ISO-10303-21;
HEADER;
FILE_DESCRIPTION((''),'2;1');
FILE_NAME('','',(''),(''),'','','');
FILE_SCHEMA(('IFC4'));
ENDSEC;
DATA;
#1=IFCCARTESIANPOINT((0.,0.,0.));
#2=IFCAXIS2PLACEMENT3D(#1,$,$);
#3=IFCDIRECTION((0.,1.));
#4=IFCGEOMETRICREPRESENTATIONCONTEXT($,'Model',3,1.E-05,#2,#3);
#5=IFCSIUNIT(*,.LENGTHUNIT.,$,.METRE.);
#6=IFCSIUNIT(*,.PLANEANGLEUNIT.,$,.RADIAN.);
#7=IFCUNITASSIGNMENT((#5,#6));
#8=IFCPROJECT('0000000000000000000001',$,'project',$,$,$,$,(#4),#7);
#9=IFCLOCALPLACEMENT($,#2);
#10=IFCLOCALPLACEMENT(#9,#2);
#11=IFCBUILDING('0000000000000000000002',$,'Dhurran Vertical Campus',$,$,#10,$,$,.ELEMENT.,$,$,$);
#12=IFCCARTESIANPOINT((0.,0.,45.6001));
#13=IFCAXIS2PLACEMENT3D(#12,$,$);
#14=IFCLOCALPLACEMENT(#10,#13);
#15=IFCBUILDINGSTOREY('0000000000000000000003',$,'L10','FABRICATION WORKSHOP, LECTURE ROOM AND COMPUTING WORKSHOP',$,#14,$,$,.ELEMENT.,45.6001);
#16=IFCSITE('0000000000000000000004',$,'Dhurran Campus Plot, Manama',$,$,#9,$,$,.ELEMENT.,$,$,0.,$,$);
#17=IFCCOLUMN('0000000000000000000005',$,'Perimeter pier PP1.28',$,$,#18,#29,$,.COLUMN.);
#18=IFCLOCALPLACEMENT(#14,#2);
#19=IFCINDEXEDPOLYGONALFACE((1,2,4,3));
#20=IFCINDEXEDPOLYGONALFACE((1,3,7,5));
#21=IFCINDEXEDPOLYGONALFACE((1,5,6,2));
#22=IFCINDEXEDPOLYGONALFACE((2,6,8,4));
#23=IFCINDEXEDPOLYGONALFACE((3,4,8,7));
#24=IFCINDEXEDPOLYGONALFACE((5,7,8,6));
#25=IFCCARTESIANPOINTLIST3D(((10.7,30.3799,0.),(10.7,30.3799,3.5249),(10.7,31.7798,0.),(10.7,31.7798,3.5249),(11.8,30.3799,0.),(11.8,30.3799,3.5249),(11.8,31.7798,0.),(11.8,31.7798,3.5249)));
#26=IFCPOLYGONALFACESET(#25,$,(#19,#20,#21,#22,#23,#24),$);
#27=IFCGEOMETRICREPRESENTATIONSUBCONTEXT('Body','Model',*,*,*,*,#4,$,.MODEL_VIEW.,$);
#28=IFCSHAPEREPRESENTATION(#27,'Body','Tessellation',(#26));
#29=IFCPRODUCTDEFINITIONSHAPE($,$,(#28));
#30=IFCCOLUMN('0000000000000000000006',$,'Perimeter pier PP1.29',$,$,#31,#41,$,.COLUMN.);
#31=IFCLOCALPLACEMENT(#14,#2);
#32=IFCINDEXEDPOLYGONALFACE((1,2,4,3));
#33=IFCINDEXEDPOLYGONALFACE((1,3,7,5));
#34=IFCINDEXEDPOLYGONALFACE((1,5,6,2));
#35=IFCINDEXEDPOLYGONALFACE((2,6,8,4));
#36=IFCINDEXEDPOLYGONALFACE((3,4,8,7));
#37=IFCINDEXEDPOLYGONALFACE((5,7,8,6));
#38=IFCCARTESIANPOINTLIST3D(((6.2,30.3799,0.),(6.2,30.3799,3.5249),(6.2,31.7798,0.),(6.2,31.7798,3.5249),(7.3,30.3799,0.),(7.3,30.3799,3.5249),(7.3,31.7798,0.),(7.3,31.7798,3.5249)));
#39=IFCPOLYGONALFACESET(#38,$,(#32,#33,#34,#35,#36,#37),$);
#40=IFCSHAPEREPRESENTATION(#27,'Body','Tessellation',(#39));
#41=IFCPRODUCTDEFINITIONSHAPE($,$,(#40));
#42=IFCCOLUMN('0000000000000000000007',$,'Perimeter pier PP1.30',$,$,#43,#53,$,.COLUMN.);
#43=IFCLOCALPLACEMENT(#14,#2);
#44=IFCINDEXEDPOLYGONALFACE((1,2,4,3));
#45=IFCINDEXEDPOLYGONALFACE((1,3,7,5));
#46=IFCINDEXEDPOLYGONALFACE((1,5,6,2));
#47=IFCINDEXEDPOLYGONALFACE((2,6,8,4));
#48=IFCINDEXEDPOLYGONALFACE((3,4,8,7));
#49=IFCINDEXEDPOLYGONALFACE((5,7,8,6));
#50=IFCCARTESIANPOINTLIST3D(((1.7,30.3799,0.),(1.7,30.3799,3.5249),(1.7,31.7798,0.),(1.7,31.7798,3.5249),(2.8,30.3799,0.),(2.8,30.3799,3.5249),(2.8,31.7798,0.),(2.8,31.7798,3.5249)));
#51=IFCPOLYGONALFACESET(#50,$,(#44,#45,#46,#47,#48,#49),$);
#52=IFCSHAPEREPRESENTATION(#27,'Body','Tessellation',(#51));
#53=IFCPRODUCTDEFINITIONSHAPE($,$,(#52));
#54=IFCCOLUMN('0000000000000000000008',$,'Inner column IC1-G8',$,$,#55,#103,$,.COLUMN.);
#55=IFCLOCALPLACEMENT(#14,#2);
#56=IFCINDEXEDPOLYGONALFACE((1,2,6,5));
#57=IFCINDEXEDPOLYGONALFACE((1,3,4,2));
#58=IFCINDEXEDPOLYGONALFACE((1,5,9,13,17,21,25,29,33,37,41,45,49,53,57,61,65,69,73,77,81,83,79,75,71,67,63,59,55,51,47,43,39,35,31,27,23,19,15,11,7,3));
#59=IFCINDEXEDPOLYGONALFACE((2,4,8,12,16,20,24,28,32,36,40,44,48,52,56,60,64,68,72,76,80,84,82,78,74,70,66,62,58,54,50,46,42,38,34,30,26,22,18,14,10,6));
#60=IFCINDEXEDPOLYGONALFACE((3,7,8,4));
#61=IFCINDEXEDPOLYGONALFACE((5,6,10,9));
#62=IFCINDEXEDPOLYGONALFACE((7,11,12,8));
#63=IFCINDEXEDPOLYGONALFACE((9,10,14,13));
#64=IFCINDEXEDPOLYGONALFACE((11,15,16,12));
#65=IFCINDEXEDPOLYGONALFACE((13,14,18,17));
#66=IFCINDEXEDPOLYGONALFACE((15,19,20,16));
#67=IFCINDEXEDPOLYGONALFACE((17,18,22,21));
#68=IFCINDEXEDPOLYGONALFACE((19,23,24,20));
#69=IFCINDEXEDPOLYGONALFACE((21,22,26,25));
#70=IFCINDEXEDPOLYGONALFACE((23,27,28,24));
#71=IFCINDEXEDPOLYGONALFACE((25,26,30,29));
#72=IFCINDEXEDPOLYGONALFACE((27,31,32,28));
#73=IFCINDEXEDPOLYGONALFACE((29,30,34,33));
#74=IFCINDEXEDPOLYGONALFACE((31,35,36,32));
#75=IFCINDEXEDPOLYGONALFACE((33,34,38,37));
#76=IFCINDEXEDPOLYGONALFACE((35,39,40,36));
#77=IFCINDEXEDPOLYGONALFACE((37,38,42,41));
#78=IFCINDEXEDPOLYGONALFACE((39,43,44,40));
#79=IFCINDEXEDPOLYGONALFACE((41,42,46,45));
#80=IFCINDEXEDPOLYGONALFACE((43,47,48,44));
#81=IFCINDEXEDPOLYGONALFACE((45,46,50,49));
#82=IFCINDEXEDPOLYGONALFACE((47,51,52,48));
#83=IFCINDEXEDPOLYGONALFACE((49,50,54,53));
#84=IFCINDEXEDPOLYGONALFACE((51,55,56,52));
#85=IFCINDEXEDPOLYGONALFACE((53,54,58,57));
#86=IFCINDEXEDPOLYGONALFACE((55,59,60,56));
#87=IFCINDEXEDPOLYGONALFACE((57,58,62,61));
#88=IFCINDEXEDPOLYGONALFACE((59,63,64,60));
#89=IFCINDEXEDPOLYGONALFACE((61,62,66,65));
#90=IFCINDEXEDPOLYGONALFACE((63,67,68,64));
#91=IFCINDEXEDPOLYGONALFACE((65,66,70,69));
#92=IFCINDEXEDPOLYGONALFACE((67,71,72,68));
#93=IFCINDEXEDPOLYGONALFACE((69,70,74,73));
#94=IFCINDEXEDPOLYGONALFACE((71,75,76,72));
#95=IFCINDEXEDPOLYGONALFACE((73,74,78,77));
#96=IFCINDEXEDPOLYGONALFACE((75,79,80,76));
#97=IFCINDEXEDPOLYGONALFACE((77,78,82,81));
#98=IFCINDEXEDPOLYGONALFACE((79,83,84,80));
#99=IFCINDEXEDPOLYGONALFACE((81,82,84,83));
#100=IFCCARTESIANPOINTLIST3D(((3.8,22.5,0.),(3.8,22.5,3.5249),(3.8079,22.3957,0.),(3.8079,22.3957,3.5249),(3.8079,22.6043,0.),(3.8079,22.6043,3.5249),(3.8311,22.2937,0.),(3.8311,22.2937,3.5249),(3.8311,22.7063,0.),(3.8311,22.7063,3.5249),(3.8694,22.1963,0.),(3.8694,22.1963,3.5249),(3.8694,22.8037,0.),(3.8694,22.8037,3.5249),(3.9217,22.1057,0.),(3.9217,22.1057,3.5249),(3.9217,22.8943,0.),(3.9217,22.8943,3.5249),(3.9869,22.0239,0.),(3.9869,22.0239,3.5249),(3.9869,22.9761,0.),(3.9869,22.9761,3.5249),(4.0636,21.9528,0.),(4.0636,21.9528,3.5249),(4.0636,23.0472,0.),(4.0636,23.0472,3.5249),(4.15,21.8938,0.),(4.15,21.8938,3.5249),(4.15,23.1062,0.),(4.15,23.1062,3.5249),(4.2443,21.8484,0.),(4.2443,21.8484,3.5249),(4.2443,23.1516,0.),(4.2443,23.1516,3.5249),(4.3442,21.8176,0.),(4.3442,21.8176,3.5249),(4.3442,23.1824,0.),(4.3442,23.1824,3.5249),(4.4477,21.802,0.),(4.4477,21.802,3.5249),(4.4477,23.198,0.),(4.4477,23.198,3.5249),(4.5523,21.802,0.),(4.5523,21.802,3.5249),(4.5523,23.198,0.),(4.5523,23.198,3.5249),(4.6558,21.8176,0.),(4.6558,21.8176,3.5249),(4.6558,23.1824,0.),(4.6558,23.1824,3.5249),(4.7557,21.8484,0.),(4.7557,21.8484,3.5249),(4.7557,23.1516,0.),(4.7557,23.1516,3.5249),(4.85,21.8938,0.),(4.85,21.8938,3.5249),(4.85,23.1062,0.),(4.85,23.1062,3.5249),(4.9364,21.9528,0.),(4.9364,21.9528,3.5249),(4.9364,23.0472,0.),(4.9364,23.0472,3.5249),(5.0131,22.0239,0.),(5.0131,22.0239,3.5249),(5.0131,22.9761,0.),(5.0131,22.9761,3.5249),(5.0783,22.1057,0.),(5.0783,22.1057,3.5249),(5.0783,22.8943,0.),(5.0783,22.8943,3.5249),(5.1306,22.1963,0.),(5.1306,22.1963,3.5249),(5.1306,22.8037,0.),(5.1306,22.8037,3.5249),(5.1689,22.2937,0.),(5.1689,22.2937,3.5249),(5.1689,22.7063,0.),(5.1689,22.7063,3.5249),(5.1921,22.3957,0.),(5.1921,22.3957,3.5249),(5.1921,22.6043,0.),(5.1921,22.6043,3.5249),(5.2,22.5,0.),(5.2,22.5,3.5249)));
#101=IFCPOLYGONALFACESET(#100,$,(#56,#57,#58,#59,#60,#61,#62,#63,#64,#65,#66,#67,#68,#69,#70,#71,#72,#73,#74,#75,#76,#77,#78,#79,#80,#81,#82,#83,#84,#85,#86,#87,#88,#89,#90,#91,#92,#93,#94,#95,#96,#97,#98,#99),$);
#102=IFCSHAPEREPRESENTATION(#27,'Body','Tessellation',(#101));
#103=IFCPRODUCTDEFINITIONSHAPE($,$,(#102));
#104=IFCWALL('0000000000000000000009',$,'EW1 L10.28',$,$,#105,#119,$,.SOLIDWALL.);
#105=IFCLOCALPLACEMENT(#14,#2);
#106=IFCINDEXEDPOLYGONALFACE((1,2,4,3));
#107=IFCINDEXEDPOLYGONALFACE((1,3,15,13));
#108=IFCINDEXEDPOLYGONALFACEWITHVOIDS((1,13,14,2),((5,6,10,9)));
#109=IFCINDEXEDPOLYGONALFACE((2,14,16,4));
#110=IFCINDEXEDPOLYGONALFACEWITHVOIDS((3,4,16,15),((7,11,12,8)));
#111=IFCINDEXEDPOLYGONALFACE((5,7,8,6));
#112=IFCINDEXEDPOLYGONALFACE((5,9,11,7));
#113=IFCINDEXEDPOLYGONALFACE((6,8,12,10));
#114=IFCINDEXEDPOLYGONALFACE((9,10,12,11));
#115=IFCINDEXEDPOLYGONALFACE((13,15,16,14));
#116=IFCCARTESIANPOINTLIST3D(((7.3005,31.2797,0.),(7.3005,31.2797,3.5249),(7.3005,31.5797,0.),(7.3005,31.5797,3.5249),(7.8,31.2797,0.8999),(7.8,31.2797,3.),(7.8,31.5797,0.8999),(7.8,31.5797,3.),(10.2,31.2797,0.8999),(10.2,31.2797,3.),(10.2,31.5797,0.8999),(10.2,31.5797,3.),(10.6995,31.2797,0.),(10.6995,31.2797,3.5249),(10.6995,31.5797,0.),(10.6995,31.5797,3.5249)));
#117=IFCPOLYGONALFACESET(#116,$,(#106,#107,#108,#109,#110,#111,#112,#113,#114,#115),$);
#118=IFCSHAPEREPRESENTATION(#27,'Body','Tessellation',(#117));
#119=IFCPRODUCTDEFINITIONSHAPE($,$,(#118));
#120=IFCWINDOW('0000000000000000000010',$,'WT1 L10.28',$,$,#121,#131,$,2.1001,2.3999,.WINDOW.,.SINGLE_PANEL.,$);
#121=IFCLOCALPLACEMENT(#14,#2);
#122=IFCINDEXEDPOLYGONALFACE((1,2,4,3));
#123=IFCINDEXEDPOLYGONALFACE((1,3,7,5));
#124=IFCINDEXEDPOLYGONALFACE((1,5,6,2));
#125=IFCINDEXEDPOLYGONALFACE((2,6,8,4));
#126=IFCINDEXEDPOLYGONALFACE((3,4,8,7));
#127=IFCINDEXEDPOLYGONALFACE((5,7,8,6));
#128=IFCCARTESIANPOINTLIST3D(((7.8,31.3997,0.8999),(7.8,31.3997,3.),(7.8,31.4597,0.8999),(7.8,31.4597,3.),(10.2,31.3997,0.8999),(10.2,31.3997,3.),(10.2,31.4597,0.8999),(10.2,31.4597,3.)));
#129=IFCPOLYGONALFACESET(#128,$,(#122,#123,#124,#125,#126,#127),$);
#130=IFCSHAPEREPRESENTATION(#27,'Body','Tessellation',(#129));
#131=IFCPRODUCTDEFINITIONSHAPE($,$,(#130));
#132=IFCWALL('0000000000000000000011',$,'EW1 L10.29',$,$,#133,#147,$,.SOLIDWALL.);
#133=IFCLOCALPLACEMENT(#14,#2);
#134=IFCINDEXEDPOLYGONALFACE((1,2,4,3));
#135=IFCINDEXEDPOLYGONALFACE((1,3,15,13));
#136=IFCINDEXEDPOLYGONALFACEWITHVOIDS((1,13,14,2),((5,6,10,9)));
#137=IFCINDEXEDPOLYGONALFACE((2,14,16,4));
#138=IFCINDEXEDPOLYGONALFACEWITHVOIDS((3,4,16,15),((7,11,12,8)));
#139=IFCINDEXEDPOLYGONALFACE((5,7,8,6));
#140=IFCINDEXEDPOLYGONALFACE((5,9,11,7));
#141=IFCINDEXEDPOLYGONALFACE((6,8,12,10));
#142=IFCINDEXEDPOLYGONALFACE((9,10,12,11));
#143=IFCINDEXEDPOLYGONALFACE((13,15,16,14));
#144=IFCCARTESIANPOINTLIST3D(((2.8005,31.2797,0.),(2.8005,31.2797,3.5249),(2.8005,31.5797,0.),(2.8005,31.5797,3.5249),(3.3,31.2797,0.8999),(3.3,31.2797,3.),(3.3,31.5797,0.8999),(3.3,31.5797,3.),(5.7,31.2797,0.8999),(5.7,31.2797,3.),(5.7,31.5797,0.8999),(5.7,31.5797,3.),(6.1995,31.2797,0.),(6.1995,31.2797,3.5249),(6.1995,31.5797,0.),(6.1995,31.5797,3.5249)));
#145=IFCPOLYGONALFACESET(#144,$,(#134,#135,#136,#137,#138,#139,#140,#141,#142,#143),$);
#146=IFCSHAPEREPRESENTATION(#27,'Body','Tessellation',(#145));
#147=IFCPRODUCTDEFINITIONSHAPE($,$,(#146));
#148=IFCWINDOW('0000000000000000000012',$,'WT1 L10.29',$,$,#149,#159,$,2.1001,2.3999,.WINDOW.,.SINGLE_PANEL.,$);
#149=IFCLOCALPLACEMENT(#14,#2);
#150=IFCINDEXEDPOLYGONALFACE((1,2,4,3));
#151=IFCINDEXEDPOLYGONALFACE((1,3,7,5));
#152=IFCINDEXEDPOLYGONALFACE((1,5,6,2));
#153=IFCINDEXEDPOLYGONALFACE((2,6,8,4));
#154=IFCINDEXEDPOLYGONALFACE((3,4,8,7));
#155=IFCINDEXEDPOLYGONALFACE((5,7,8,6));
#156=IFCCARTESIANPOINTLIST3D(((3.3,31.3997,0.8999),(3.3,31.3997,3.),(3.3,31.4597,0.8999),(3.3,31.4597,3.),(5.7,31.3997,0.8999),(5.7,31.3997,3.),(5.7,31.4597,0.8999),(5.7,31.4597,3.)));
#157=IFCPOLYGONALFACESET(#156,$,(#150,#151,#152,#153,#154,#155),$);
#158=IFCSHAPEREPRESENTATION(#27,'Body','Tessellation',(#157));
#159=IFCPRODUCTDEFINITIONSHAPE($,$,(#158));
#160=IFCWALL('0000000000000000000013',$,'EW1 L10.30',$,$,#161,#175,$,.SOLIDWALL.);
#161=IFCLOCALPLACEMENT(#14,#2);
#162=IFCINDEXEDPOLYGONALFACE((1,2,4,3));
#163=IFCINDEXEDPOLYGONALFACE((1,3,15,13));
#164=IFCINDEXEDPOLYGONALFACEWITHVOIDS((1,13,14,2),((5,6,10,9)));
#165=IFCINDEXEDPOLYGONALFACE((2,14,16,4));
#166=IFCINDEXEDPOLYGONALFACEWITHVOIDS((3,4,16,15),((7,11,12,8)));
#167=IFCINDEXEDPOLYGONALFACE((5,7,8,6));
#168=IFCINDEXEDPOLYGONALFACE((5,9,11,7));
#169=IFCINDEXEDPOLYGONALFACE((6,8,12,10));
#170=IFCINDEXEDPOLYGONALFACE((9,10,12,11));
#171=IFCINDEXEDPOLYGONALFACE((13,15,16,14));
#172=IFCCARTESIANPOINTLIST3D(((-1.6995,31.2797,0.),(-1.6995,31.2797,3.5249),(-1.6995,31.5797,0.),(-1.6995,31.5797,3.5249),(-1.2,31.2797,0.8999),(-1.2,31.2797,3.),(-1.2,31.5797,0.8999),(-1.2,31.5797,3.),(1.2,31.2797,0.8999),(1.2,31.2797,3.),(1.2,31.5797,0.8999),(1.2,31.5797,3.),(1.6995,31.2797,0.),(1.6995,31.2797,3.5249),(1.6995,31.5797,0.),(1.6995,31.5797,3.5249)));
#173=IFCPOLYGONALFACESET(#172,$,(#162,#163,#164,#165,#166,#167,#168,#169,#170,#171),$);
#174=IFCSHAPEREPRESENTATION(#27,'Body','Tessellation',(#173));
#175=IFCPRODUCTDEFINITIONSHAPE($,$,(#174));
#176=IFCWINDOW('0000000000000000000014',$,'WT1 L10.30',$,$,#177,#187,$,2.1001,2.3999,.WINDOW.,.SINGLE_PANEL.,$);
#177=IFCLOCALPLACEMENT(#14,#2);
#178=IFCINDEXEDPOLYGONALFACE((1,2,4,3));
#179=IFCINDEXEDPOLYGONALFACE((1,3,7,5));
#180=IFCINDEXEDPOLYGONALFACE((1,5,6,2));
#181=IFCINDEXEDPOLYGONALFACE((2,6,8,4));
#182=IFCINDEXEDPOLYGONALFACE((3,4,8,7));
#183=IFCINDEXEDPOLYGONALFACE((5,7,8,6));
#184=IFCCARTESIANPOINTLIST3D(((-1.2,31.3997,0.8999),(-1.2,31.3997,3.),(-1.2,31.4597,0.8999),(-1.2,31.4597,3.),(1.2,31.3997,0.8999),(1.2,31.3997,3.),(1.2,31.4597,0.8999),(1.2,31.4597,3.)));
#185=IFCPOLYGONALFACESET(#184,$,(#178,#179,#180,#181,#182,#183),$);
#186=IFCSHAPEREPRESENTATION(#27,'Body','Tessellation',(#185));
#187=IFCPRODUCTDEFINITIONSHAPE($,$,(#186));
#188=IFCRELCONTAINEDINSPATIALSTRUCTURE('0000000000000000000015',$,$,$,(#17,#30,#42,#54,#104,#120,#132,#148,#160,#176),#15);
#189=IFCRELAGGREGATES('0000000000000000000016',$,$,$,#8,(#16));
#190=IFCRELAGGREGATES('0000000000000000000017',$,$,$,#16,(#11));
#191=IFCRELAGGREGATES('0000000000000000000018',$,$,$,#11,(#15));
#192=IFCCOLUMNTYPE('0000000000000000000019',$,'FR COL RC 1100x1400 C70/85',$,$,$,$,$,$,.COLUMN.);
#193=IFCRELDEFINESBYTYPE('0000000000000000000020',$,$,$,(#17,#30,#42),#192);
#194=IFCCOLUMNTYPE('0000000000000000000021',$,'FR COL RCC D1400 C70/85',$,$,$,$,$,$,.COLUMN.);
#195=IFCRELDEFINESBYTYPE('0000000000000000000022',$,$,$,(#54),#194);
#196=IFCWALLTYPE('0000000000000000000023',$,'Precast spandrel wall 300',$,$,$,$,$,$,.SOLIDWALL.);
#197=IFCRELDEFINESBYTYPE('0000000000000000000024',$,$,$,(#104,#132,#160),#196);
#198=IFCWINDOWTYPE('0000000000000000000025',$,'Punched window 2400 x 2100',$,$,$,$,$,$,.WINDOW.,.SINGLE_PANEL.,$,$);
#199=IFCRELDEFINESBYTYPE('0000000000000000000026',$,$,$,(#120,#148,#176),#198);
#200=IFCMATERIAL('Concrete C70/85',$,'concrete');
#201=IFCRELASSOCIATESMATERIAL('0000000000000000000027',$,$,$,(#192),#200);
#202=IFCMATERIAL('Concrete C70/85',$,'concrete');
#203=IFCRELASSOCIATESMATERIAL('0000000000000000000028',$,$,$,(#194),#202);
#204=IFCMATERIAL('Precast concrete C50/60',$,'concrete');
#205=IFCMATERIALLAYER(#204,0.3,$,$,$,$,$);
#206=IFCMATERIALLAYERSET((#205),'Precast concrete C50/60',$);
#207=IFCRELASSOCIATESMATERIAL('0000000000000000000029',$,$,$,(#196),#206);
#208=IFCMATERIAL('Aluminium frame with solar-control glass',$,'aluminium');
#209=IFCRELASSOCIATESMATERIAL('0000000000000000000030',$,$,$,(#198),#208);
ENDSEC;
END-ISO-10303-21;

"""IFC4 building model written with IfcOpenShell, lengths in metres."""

from ifc_helpers import new_model, si_unit, direction, frame, frame_2d, origin, origin_2d, place, context, subcontext, project, spatial, rectangle, circle, extrude, material, layer, layer_set, material_profile, profile_set, type_object, element, fill, save


model = new_model("IFC4")

# Units and contexts
model_context = context("Model", 3, precision=1e-05, world=origin(), true_north=direction((0.0, 1.0)))
body_context = subcontext(model_context, "Body", "Model", "MODEL_VIEW")
ifc_project = project(units=[si_unit("LENGTHUNIT", "METRE"), si_unit("PLANEANGLEUNIT", "RADIAN")], contexts=[model_context])

# Site, building, storey
site_placement = place(None, origin())
site = spatial("IfcSite", under=ifc_project, at=site_placement, Name="Dhurran Campus Plot, Manama", CompositionType="ELEMENT", RefElevation=0.0)
building_placement = place(site_placement, origin())
building = spatial("IfcBuilding", under=site, at=building_placement, Name="Dhurran Vertical Campus", CompositionType="ELEMENT")
storey_placement = place(building_placement, frame((0.0, 0.0, 45.6001)))
storey = spatial("IfcBuildingStorey", under=building, at=storey_placement, Name="L10", Description="FABRICATION WORKSHOP, LECTURE ROOM AND COMPUTING WORKSHOP", CompositionType="ELEMENT", Elevation=45.6001)

# Columns
ifc_material_1 = material(Name="Concrete C70/85", Category="concrete")
ifc_material_profile_1 = material_profile(ifc_material_1, rectangle(XDim=1.1001, YDim=1.3999, at=origin_2d()), Name="RC 1100x1400")
ifc_profile_set_1 = profile_set([ifc_material_profile_1], Name="Concrete C70/85")
column_type_1 = type_object("IfcColumnType", Name="FR COL RC 1100x1400 C70/85", PredefinedType="COLUMN", material=ifc_profile_set_1)
for number, where, z_axis, x_axis, name in (
    (1, (11.25, 31.0798, 0.0), (0.0, 0.0, 1.0), (-1.0, 0.0, 0.0), "Perimeter pier PP1.28"),
    (2, (6.75, 31.0798, 0.0), (0.0, 0.0, 1.0), (-1.0, 0.0, 0.0), "Perimeter pier PP1.29"),
    (3, (2.25, 31.0798, 0.0), (0.0, 0.0, 1.0), (-1.0, 0.0, 0.0), "Perimeter pier PP1.30"),
):
    element("IfcColumn", number, at=place(storey_placement, frame(where, z_axis=z_axis, x_axis=x_axis)), inside=storey, type_object=column_type_1, Name=name, PredefinedType="COLUMN", context=body_context, shape_type="SweptSolid", body=[
        extrude(rectangle(XDim=1.1001, YDim=1.3999, at=origin_2d()), origin(), (0.0, 0.0, 1.0), 3.5249),
    ])
ifc_material_2 = material(Name="Concrete C70/85", Category="concrete")
ifc_material_profile_2 = material_profile(ifc_material_2, circle(Radius=0.7, at=origin_2d()), Name="RCC D1400")
ifc_profile_set_2 = profile_set([ifc_material_profile_2], Name="Concrete C70/85")
column_type_2 = type_object("IfcColumnType", Name="FR COL RCC D1400 C70/85", PredefinedType="COLUMN", material=ifc_profile_set_2)
column_placement = place(storey_placement, frame((4.5, 22.5, 0.0), z_axis=(0.0, 0.0, 1.0), x_axis=(1.0, 0.0, 0.0)))
element("IfcColumn", 4, at=column_placement, inside=storey, type_object=column_type_2, Name="Inner column IC1-G8", PredefinedType="COLUMN", context=body_context, shape_type="SweptSolid", body=[
    extrude(circle(Radius=0.7, at=origin_2d()), origin(), (0.0, 0.0, 1.0), 3.5249),
])

# Walls, openings, windows
ifc_material_3 = material(Name="Precast concrete C50/60", Category="concrete")
ifc_layer_1 = layer(ifc_material_3, 0.3)
ifc_layer_set_1 = layer_set([ifc_layer_1], Name="Precast concrete C50/60")
wall_type_1 = type_object("IfcWallType", Name="Precast spandrel wall 300", PredefinedType="SOLIDWALL", material=ifc_layer_set_1)
wall_1_placement = place(storey_placement, frame((10.6995, 31.4297, 0.0), z_axis=(0.0, 0.0, 1.0), x_axis=(-1.0, 0.0, 0.0)))
wall_1 = element("IfcWall", 5, at=wall_1_placement, inside=storey, type_object=wall_type_1, Name="EW1 L10.28", PredefinedType="SOLIDWALL", context=body_context, shape_type="SweptSolid", body=[
    extrude(rectangle(XDim=3.3989, YDim=0.3, at=frame_2d((1.6995, 0.0))), origin(), (0.0, 0.0, 1.0), 3.5249),
])
opening_1_placement = place(wall_1_placement, frame((0.4995, 0.0, 0.8999)))
opening_1 = element("IfcOpeningElement", 6, at=opening_1_placement, cuts=wall_1, PredefinedType="OPENING", context=body_context, shape_type="SweptSolid", body=[
    extrude(rectangle(XDim=2.3999, YDim=2.1001, at=frame_2d((1.2, 1.05))), frame((0.0, 0.1599, 0.0), z_axis=(0.0, -1.0, 0.0), x_axis=(1.0, 0.0, 0.0)), (0.0, 0.0, 1.0), 0.3201),
])
ifc_material_4 = material(Name="Aluminium frame with solar-control glass", Category="aluminium")
window_type = type_object("IfcWindowType", Name="Punched window 2400 x 2100", PartitioningType="SINGLE_PANEL", PredefinedType="WINDOW", material=ifc_material_4)
window_1_placement = place(opening_1_placement, origin())
window_1 = element("IfcWindow", 7, at=window_1_placement, inside=storey, type_object=window_type, Name="WT1 L10.28", OverallHeight=2.1001, OverallWidth=2.3999, PartitioningType="SINGLE_PANEL", PredefinedType="WINDOW", context=body_context, shape_type="SweptSolid", body=[
    extrude(rectangle(XDim=2.3999, YDim=2.1001, at=frame_2d((1.2, 1.05))), frame((0.0, 0.03, 0.0), z_axis=(0.0, -1.0, 0.0), x_axis=(1.0, 0.0, 0.0)), (0.0, 0.0, 1.0), 0.0601),
])
fill(opening_1, window_1)
wall_2_placement = place(storey_placement, frame((6.1995, 31.4297, 0.0), z_axis=(0.0, 0.0, 1.0), x_axis=(-1.0, 0.0, 0.0)))
wall_2 = element("IfcWall", 8, at=wall_2_placement, inside=storey, type_object=wall_type_1, Name="EW1 L10.29", PredefinedType="SOLIDWALL", context=body_context, shape_type="SweptSolid", body=[
    extrude(rectangle(XDim=3.3989, YDim=0.3, at=frame_2d((1.6995, 0.0))), origin(), (0.0, 0.0, 1.0), 3.5249),
])
opening_2_placement = place(wall_2_placement, frame((0.4995, 0.0, 0.8999)))
opening_2 = element("IfcOpeningElement", 9, at=opening_2_placement, cuts=wall_2, PredefinedType="OPENING", context=body_context, shape_type="SweptSolid", body=[
    extrude(rectangle(XDim=2.3999, YDim=2.1001, at=frame_2d((1.2, 1.05))), frame((0.0, 0.1599, 0.0), z_axis=(0.0, -1.0, 0.0), x_axis=(1.0, 0.0, 0.0)), (0.0, 0.0, 1.0), 0.3201),
])
window_2_placement = place(opening_2_placement, origin())
window_2 = element("IfcWindow", 10, at=window_2_placement, inside=storey, type_object=window_type, Name="WT1 L10.29", OverallHeight=2.1001, OverallWidth=2.3999, PartitioningType="SINGLE_PANEL", PredefinedType="WINDOW", context=body_context, shape_type="SweptSolid", body=[
    extrude(rectangle(XDim=2.3999, YDim=2.1001, at=frame_2d((1.2, 1.05))), frame((0.0, 0.03, 0.0), z_axis=(0.0, -1.0, 0.0), x_axis=(1.0, 0.0, 0.0)), (0.0, 0.0, 1.0), 0.0601),
])
fill(opening_2, window_2)
wall_3_placement = place(storey_placement, frame((1.6995, 31.4297, 0.0), z_axis=(0.0, 0.0, 1.0), x_axis=(-1.0, 0.0, 0.0)))
wall_3 = element("IfcWall", 11, at=wall_3_placement, inside=storey, type_object=wall_type_1, Name="EW1 L10.30", PredefinedType="SOLIDWALL", context=body_context, shape_type="SweptSolid", body=[
    extrude(rectangle(XDim=3.3989, YDim=0.3, at=frame_2d((1.6995, 0.0))), origin(), (0.0, 0.0, 1.0), 3.5249),
])
opening_3_placement = place(wall_3_placement, frame((0.4995, 0.0, 0.8999)))
opening_3 = element("IfcOpeningElement", 12, at=opening_3_placement, cuts=wall_3, PredefinedType="OPENING", context=body_context, shape_type="SweptSolid", body=[
    extrude(rectangle(XDim=2.3999, YDim=2.1001, at=frame_2d((1.2, 1.05))), frame((0.0, 0.1599, 0.0), z_axis=(0.0, -1.0, 0.0), x_axis=(1.0, 0.0, 0.0)), (0.0, 0.0, 1.0), 0.3201),
])
window_3_placement = place(opening_3_placement, origin())
window_3 = element("IfcWindow", 13, at=window_3_placement, inside=storey, type_object=window_type, Name="WT1 L10.30", OverallHeight=2.1001, OverallWidth=2.3999, PartitioningType="SINGLE_PANEL", PredefinedType="WINDOW", context=body_context, shape_type="SweptSolid", body=[
    extrude(rectangle(XDim=2.3999, YDim=2.1001, at=frame_2d((1.2, 1.05))), frame((0.0, 0.03, 0.0), z_axis=(0.0, -1.0, 0.0), x_axis=(1.0, 0.0, 0.0)), (0.0, 0.0, 1.0), 0.0601),
])
fill(opening_3, window_3)

save(model, "model.ifc")
